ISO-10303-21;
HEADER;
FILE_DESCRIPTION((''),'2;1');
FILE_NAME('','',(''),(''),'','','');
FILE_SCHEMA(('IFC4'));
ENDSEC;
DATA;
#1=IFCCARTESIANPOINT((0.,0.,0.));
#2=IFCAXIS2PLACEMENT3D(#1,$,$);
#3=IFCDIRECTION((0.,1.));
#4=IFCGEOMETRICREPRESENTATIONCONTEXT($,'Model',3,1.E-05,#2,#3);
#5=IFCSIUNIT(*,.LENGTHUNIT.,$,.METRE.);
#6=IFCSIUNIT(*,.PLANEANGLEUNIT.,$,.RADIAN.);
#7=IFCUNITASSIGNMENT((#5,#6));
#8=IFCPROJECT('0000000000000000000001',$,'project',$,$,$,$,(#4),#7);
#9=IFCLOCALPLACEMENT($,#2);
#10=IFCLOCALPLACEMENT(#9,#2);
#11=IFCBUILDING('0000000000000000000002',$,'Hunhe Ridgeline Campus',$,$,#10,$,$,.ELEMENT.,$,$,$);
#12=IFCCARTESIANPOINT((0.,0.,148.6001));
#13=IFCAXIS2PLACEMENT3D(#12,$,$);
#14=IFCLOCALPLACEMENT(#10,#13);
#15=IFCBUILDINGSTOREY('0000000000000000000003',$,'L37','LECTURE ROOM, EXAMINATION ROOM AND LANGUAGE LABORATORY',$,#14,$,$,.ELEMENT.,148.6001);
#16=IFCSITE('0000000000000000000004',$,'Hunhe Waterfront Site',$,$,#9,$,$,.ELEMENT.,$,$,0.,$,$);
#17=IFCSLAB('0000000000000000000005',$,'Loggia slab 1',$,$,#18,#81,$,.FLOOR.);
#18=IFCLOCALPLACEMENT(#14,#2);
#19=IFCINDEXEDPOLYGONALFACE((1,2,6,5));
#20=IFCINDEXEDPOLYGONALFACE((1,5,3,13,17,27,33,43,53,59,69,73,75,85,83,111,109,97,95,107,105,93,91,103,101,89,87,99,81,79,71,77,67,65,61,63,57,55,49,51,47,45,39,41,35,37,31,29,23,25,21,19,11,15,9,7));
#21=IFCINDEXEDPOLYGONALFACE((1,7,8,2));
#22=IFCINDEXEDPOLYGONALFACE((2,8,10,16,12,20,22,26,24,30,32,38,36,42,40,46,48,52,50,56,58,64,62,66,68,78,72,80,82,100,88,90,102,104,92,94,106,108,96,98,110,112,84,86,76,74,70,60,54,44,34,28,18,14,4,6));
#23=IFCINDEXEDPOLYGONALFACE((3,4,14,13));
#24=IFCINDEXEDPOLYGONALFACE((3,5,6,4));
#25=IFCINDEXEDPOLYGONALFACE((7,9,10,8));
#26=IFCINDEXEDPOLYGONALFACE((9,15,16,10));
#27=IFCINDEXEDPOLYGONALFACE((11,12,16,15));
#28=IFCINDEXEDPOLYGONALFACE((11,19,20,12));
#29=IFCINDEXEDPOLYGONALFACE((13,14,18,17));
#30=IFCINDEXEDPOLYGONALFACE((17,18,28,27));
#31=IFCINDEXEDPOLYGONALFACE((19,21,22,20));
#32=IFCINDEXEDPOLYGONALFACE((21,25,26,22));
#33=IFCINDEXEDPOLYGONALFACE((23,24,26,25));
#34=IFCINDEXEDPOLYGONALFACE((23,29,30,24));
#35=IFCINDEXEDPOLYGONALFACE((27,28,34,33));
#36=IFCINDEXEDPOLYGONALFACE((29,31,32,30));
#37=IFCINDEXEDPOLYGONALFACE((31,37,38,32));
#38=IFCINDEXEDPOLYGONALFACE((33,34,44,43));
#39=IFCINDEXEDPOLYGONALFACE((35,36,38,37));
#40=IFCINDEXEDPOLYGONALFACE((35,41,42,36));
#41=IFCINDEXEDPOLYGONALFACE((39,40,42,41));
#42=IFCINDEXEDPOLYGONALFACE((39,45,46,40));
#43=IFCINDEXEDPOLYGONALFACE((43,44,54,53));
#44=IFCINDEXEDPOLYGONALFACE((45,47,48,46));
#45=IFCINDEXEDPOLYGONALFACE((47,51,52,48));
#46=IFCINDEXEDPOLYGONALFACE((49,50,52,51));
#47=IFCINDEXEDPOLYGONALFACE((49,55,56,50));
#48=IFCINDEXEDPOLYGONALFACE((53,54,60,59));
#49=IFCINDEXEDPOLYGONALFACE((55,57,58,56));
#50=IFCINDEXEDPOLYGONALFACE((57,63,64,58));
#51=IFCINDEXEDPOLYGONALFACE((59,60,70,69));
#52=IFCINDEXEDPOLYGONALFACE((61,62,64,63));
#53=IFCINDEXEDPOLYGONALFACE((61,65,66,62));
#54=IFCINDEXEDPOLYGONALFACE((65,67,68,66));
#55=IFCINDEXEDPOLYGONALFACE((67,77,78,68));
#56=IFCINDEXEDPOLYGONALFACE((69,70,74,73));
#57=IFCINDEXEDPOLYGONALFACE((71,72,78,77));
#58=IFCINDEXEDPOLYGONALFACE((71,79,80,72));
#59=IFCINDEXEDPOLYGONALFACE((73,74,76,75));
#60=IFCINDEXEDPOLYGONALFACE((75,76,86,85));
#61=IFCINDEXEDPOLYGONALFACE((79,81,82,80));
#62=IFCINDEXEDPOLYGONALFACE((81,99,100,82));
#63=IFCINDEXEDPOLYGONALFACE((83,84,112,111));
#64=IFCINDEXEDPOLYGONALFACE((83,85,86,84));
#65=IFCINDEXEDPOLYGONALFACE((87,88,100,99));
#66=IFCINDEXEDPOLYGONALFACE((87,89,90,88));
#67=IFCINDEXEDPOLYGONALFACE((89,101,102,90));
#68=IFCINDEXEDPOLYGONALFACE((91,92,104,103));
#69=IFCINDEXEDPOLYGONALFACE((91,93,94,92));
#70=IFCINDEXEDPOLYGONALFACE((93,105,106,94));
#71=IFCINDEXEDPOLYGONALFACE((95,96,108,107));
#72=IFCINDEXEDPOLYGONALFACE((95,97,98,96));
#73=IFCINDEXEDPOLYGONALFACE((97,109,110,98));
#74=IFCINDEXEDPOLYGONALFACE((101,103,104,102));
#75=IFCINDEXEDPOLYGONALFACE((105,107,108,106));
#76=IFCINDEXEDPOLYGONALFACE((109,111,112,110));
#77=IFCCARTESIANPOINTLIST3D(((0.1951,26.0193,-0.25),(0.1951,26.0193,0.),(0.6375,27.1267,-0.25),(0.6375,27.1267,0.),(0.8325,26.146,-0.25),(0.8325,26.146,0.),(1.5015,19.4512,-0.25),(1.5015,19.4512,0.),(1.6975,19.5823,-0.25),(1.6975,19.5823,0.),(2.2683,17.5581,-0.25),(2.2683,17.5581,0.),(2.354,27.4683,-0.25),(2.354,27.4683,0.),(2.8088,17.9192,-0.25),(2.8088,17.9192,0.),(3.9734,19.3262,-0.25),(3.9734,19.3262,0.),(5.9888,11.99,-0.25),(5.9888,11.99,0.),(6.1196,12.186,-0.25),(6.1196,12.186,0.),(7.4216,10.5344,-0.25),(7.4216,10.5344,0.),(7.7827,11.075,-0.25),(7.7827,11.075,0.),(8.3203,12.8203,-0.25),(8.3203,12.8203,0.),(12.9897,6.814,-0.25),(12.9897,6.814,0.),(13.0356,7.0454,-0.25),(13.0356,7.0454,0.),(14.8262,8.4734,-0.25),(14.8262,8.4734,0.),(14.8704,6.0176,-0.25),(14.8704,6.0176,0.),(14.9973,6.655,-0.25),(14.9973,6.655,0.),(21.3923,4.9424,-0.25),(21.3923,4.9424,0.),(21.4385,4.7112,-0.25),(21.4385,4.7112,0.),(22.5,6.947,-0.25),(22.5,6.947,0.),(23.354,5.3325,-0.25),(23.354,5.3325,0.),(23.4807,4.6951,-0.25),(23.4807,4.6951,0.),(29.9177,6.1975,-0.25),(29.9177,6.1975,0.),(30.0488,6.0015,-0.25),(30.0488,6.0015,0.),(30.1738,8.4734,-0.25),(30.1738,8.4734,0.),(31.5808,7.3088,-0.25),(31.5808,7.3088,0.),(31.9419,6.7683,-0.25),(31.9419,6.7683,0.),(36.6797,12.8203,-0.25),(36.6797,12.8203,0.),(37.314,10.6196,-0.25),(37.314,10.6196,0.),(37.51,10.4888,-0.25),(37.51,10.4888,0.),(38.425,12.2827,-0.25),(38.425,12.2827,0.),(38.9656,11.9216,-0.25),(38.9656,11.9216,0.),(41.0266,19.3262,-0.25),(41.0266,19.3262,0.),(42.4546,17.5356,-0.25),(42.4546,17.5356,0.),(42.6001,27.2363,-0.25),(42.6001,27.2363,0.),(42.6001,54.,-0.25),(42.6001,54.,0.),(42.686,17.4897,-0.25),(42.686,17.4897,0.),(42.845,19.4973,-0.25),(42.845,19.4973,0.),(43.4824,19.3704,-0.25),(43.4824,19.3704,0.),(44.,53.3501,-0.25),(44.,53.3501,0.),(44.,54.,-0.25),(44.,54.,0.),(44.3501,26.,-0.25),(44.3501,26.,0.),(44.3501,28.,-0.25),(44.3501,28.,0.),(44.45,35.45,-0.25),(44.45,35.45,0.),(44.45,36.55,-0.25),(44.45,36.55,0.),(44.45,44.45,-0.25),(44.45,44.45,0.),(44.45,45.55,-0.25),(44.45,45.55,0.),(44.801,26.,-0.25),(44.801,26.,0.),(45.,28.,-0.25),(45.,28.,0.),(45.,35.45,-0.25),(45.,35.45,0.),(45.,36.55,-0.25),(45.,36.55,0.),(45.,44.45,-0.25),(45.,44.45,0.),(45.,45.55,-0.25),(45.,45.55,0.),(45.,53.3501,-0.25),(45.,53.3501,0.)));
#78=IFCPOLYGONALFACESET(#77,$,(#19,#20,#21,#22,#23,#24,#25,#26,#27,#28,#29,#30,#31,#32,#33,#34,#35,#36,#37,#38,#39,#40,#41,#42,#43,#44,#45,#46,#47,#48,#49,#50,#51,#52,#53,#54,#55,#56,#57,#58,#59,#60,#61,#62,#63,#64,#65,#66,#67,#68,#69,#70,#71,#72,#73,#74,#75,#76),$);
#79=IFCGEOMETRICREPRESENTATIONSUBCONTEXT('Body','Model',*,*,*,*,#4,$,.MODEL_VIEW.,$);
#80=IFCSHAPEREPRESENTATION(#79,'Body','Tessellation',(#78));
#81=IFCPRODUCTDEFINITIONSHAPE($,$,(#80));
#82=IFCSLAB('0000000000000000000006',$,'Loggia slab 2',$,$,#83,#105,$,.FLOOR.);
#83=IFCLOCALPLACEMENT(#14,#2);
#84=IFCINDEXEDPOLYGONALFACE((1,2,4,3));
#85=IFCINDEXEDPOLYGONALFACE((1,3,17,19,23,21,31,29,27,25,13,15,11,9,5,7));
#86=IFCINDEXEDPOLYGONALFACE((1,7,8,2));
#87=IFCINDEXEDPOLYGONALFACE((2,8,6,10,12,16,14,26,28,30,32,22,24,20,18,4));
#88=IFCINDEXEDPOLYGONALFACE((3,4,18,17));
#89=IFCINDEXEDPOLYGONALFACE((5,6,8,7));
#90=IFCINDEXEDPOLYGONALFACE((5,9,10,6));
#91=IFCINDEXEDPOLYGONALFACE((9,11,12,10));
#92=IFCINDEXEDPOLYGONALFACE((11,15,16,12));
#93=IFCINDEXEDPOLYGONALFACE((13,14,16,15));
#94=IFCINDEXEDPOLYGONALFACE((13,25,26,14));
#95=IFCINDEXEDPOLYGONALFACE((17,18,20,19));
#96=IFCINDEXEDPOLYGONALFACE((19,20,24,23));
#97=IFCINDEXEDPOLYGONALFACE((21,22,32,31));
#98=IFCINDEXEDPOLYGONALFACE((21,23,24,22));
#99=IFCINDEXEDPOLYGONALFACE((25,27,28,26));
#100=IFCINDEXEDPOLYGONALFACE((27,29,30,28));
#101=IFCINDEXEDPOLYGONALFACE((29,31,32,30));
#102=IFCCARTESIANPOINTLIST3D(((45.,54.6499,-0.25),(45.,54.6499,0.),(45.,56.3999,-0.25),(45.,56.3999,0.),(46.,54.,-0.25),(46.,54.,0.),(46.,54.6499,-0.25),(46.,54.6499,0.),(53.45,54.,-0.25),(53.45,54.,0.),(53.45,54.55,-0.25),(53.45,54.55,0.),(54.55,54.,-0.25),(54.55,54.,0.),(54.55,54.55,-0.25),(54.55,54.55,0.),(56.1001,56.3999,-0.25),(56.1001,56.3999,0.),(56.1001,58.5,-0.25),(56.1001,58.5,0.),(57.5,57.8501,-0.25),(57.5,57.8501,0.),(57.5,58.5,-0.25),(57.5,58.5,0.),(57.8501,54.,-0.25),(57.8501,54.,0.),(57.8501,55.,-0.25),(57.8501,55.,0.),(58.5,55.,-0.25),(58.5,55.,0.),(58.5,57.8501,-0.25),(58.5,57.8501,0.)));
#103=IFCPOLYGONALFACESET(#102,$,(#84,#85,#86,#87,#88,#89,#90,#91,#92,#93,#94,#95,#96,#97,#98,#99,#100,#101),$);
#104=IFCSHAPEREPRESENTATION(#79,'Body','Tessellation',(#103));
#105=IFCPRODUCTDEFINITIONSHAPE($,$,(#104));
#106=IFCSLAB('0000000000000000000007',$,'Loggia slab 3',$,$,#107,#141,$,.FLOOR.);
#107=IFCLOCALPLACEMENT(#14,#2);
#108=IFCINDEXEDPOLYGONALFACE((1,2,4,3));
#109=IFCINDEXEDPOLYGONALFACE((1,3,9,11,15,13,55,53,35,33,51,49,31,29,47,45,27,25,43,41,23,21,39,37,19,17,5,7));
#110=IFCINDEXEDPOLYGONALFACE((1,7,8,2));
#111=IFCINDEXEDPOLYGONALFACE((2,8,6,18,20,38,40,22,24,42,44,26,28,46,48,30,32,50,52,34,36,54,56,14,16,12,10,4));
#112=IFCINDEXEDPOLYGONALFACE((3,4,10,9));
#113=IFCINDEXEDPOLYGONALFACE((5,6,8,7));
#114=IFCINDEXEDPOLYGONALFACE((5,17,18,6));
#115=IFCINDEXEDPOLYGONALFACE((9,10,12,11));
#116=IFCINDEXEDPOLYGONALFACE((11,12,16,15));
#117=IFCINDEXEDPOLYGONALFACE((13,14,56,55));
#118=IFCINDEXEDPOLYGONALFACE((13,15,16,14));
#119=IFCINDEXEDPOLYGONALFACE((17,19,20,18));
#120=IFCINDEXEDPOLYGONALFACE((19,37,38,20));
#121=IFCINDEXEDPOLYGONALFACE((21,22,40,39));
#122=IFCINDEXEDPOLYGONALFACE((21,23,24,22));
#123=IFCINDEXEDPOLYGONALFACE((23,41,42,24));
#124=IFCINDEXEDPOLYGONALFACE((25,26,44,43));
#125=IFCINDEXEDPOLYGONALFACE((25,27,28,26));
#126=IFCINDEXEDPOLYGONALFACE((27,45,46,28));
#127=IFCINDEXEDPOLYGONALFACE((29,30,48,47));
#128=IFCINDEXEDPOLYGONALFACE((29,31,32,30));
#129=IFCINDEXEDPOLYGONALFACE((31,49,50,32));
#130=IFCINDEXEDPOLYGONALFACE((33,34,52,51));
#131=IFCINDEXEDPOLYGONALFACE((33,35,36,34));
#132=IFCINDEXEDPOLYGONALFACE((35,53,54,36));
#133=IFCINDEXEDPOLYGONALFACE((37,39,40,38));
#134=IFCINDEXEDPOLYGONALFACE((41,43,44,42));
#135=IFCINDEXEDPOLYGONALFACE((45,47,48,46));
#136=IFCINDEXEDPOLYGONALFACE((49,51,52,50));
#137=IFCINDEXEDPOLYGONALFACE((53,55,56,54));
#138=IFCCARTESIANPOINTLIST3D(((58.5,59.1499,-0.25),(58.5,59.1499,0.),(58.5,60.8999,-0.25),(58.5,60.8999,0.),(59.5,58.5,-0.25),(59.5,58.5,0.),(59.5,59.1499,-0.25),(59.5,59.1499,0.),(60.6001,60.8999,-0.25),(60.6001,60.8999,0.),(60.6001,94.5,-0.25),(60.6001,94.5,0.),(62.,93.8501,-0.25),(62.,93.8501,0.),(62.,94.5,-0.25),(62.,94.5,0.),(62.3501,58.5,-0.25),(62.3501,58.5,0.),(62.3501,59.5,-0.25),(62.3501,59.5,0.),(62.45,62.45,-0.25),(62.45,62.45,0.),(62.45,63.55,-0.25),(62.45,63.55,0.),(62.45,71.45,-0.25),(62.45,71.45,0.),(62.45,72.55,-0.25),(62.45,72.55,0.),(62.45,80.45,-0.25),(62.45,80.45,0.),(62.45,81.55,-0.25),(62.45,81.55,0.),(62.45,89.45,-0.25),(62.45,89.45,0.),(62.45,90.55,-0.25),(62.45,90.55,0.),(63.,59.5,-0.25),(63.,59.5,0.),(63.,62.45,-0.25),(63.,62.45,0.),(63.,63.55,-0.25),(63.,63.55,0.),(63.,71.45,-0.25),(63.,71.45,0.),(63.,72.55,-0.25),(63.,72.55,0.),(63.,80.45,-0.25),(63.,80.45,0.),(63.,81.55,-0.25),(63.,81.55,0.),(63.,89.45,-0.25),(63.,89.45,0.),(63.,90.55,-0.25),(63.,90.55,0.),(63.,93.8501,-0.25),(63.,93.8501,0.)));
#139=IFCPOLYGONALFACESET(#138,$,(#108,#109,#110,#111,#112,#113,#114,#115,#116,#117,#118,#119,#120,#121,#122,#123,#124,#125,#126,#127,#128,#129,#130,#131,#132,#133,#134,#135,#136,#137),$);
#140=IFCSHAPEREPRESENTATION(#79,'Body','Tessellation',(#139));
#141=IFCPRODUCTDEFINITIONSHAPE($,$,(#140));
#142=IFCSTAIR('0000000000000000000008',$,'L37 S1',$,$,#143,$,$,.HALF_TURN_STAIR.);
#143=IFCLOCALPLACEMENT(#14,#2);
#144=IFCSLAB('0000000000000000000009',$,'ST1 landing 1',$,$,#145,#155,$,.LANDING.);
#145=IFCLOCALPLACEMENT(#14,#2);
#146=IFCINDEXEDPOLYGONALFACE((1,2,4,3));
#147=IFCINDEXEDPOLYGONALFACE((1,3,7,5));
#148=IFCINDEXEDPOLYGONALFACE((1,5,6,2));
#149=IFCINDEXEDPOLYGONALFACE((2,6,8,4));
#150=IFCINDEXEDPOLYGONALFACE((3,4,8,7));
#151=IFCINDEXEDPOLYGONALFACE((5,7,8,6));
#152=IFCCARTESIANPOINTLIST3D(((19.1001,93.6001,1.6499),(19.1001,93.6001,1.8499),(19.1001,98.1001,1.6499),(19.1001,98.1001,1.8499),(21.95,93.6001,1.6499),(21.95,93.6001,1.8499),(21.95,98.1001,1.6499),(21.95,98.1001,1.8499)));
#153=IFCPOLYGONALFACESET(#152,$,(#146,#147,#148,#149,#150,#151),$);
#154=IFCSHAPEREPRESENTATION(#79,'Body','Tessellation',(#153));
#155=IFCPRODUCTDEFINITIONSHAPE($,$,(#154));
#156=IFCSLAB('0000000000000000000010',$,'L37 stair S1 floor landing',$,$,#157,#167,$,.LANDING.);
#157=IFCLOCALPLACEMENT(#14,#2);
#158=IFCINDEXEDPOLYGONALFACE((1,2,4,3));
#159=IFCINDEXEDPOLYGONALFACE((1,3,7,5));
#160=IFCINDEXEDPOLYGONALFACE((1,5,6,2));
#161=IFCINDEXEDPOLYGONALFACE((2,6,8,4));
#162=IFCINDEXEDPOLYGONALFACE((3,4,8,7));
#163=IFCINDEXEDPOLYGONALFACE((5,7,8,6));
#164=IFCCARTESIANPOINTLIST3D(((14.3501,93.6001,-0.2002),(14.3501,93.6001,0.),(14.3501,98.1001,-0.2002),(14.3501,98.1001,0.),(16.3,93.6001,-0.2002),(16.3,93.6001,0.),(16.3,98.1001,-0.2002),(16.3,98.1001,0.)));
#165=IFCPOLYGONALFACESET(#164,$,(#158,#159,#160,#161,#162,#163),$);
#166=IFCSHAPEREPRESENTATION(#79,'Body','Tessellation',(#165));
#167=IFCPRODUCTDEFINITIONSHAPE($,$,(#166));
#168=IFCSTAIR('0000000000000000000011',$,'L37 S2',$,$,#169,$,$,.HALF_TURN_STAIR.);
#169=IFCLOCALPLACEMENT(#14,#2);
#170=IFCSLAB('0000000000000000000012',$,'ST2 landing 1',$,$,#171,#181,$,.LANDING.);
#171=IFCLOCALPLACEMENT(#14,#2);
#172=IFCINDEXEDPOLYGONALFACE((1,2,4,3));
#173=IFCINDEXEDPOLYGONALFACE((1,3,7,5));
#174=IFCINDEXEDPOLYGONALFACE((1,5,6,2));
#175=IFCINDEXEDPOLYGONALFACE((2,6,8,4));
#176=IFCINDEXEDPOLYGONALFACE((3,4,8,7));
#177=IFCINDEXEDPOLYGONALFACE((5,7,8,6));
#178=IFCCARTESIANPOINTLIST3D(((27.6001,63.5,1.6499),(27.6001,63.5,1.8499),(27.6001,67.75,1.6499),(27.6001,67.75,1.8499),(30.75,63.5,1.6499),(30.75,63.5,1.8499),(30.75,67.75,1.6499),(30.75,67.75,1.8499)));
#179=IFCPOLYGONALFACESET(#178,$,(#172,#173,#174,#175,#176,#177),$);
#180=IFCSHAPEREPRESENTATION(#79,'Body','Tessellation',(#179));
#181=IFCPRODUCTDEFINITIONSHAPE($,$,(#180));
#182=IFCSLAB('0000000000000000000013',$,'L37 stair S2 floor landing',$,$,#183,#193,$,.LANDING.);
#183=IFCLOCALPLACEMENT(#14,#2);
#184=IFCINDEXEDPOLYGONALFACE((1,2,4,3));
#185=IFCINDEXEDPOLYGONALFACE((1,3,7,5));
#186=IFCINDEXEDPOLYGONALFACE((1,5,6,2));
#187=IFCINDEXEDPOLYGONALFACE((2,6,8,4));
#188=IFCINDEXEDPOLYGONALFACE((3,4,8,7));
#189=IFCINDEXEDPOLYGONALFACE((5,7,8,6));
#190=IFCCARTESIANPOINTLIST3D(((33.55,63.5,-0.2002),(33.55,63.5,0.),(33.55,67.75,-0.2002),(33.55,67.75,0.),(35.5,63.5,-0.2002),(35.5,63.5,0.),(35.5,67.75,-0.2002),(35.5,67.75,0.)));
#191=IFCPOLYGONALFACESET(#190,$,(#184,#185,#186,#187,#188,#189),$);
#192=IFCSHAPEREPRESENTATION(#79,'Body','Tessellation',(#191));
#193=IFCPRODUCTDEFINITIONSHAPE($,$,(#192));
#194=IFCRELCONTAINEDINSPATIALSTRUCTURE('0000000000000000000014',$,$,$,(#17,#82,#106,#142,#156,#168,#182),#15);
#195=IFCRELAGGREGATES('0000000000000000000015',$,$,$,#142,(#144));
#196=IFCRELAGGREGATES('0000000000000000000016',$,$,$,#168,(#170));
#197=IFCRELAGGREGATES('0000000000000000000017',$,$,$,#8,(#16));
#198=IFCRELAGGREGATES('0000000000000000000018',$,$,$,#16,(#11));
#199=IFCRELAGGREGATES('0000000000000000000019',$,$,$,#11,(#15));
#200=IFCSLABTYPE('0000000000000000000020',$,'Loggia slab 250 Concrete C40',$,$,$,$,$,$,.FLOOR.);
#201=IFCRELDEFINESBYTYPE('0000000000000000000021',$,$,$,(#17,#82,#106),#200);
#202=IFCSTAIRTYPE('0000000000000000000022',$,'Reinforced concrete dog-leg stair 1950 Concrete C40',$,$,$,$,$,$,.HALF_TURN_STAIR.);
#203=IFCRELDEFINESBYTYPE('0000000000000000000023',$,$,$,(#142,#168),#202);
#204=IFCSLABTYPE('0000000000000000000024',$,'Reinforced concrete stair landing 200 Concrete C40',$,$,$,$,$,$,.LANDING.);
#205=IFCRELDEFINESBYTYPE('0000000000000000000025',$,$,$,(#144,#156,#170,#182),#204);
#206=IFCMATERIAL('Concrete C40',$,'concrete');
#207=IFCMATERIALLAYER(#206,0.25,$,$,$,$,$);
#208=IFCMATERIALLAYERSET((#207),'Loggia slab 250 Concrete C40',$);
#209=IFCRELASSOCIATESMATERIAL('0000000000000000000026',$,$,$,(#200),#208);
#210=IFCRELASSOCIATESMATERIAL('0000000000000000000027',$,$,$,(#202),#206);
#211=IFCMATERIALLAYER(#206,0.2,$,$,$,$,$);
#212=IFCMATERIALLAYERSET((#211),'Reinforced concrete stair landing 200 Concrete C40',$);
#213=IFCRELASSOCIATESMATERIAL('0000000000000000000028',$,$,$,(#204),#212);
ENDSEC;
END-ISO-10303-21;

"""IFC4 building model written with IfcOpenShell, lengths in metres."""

from ifc_helpers import new_model, si_unit, direction, frame, origin, place, context, subcontext, project, spatial, polyline, outline, extrude, material, layer, layer_set, type_object, element, aggregate, save


model = new_model("IFC4")

# Units and contexts
model_context = context("Model", 3, precision=1e-05, world=origin(), true_north=direction((0.0, 1.0)))
body_context = subcontext(model_context, "Body", "Model", "MODEL_VIEW")
ifc_project = project(units=[si_unit("LENGTHUNIT", "METRE"), si_unit("PLANEANGLEUNIT", "RADIAN")], contexts=[model_context])

# Site, building, storey
site_placement = place(None, origin())
site = spatial("IfcSite", under=ifc_project, at=site_placement, Name="Hunhe Waterfront Site", CompositionType="ELEMENT", RefElevation=0.0)
building_placement = place(site_placement, origin())
building = spatial("IfcBuilding", under=site, at=building_placement, Name="Hunhe Ridgeline Campus", CompositionType="ELEMENT")
storey_placement = place(building_placement, frame((0.0, 0.0, 148.6001)))
storey = spatial("IfcBuildingStorey", under=building, at=storey_placement, Name="L37", Description="LECTURE ROOM, EXAMINATION ROOM AND LANGUAGE LABORATORY", CompositionType="ELEMENT", Elevation=148.6001)

# Slabs
ifc_material_1 = material(Name="Concrete C40", Category="concrete")
ifc_layer_1 = layer(ifc_material_1, 0.25)
ifc_layer_set_1 = layer_set([ifc_layer_1], Name="Loggia slab 250 Concrete C40")
slab_type_1 = type_object("IfcSlabType", Name="Loggia slab 250 Concrete C40", PredefinedType="FLOOR", material=ifc_layer_set_1)
slab_1_placement = place(storey_placement, frame((0.0, 0.0, -0.25)))
element("IfcSlab", 1, at=slab_1_placement, inside=storey, type_object=slab_type_1, Name="Loggia slab 1", PredefinedType="FLOOR", context=body_context, shape_type="SweptSolid", body=[
    extrude(outline(polyline([(30.1738, 8.4734), (22.5, 6.947), (14.8262, 8.4734), (8.3203, 12.8203), (3.9734, 19.3262), (2.354, 27.4683), (0.6375, 27.1267), (0.8325, 26.146), (0.1951, 26.0193), (1.5015, 19.4512), (1.6975, 19.5823), (2.8088, 17.9192), (2.2683, 17.5581), (5.9888, 11.99), (6.1196, 12.186), (7.7827, 11.075), (7.4216, 10.5344), (12.9897, 6.814), (13.0356, 7.0454), (14.9973, 6.655), (14.8704, 6.0176), (21.4385, 4.7112), (21.3923, 4.9424), (23.354, 5.3325), (23.4807, 4.6951), (30.0488, 6.0015), (29.9177, 6.1975), (31.5808, 7.3088), (31.9419, 6.7683), (37.51, 10.4888), (37.314, 10.6196), (38.425, 12.2827), (38.9656, 11.9216), (42.686, 17.4897), (42.4546, 17.5356), (42.845, 19.4973), (43.4824, 19.3704), (44.801, 26.0), (44.3501, 26.0), (44.3501, 28.0), (45.0, 28.0), (45.0, 35.45), (44.45, 35.45), (44.45, 36.55), (45.0, 36.55), (45.0, 44.45), (44.45, 44.45), (44.45, 45.55), (45.0, 45.55), (45.0, 53.3501), (44.0, 53.3501), (44.0, 54.0), (42.6001, 54.0), (42.6001, 27.2363), (41.0266, 19.3262), (36.6797, 12.8203), (30.1738, 8.4734)])), origin(), (0.0, 0.0, 1.0), 0.25),
])
slab_2_placement = place(storey_placement, frame((0.0, 0.0, -0.25)))
element("IfcSlab", 2, at=slab_2_placement, inside=storey, type_object=slab_type_1, Name="Loggia slab 2", PredefinedType="FLOOR", context=body_context, shape_type="SweptSolid", body=[
    extrude(outline(polyline([(45.0, 54.6499), (46.0, 54.6499), (46.0, 54.0), (53.45, 54.0), (53.45, 54.55), (54.55, 54.55), (54.55, 54.0), (57.8501, 54.0), (57.8501, 55.0), (58.5, 55.0), (58.5, 57.8501), (57.5, 57.8501), (57.5, 58.5), (56.1001, 58.5), (56.1001, 56.3999), (45.0, 56.3999), (45.0, 54.6499)])), origin(), (0.0, 0.0, 1.0), 0.25),
])
slab_3_placement = place(storey_placement, frame((0.0, 0.0, -0.25)))
element("IfcSlab", 3, at=slab_3_placement, inside=storey, type_object=slab_type_1, Name="Loggia slab 3", PredefinedType="FLOOR", context=body_context, shape_type="SweptSolid", body=[
    extrude(outline(polyline([(58.5, 59.1499), (59.5, 59.1499), (59.5, 58.5), (62.3501, 58.5), (62.3501, 59.5), (63.0, 59.5), (63.0, 62.45), (62.45, 62.45), (62.45, 63.55), (63.0, 63.55), (63.0, 71.45), (62.45, 71.45), (62.45, 72.55), (63.0, 72.55), (63.0, 80.45), (62.45, 80.45), (62.45, 81.55), (63.0, 81.55), (63.0, 89.45), (62.45, 89.45), (62.45, 90.55), (63.0, 90.55), (63.0, 93.8501), (62.0, 93.8501), (62.0, 94.5), (60.6001, 94.5), (60.6001, 60.8999), (58.5, 60.8999), (58.5, 59.1499)])), origin(), (0.0, 0.0, 1.0), 0.25),
])

# Stair, slab
stair_type = type_object("IfcStairType", Name="Reinforced concrete dog-leg stair 1950 Concrete C40", PredefinedType="HALF_TURN_STAIR", material=ifc_material_1)
stair_1_placement = place(storey_placement, origin())
stair_1 = element("IfcStair", 4, at=stair_1_placement, inside=storey, type_object=stair_type, Name="L37 S1", PredefinedType="HALF_TURN_STAIR")
ifc_layer_2 = layer(ifc_material_1, 0.2)
ifc_layer_set_2 = layer_set([ifc_layer_2], Name="Reinforced concrete stair landing 200 Concrete C40")
slab_type_2 = type_object("IfcSlabType", Name="Reinforced concrete stair landing 200 Concrete C40", PredefinedType="LANDING", material=ifc_layer_set_2)
slab_4_placement = place(storey_placement, frame((0.0, 0.0, 1.6499)))
slab_4 = element("IfcSlab", 5, at=slab_4_placement, type_object=slab_type_2, Name="ST1 landing 1", PredefinedType="LANDING", context=body_context, shape_type="SweptSolid", body=[
    extrude(outline(polyline([(19.1001, 93.6001), (21.95, 93.6001), (21.95, 98.1001), (19.1001, 98.1001), (19.1001, 93.6001)])), origin(), (0.0, 0.0, 1.0), 0.2),
])
aggregate(stair_1, [slab_4])

# Slab
slab_5_placement = place(storey_placement, frame((0.0, 0.0, -0.2002)))
element("IfcSlab", 6, at=slab_5_placement, inside=storey, type_object=slab_type_2, Name="L37 stair S1 floor landing", PredefinedType="LANDING", context=body_context, shape_type="SweptSolid", body=[
    extrude(outline(polyline([(14.3501, 93.6001), (16.3, 93.6001), (16.3, 98.1001), (14.3501, 98.1001), (14.3501, 93.6001)])), origin(), (0.0, 0.0, 1.0), 0.2002),
])

# Stair, slab
stair_2_placement = place(storey_placement, origin())
stair_2 = element("IfcStair", 7, at=stair_2_placement, inside=storey, type_object=stair_type, Name="L37 S2", PredefinedType="HALF_TURN_STAIR")
slab_6_placement = place(storey_placement, frame((0.0, 0.0, 1.6499)))
slab_6 = element("IfcSlab", 8, at=slab_6_placement, type_object=slab_type_2, Name="ST2 landing 1", PredefinedType="LANDING", context=body_context, shape_type="SweptSolid", body=[
    extrude(outline(polyline([(30.75, 67.75), (27.6001, 67.75), (27.6001, 63.5), (30.75, 63.5), (30.75, 67.75)])), origin(), (0.0, 0.0, 1.0), 0.2),
])
aggregate(stair_2, [slab_6])

# Slab
slab_7_placement = place(storey_placement, frame((0.0, 0.0, -0.2002)))
element("IfcSlab", 9, at=slab_7_placement, inside=storey, type_object=slab_type_2, Name="L37 stair S2 floor landing", PredefinedType="LANDING", context=body_context, shape_type="SweptSolid", body=[
    extrude(outline(polyline([(35.5, 67.75), (33.55, 67.75), (33.55, 63.5), (35.5, 63.5), (35.5, 67.75)])), origin(), (0.0, 0.0, 1.0), 0.2002),
])

save(model, "model.ifc")
